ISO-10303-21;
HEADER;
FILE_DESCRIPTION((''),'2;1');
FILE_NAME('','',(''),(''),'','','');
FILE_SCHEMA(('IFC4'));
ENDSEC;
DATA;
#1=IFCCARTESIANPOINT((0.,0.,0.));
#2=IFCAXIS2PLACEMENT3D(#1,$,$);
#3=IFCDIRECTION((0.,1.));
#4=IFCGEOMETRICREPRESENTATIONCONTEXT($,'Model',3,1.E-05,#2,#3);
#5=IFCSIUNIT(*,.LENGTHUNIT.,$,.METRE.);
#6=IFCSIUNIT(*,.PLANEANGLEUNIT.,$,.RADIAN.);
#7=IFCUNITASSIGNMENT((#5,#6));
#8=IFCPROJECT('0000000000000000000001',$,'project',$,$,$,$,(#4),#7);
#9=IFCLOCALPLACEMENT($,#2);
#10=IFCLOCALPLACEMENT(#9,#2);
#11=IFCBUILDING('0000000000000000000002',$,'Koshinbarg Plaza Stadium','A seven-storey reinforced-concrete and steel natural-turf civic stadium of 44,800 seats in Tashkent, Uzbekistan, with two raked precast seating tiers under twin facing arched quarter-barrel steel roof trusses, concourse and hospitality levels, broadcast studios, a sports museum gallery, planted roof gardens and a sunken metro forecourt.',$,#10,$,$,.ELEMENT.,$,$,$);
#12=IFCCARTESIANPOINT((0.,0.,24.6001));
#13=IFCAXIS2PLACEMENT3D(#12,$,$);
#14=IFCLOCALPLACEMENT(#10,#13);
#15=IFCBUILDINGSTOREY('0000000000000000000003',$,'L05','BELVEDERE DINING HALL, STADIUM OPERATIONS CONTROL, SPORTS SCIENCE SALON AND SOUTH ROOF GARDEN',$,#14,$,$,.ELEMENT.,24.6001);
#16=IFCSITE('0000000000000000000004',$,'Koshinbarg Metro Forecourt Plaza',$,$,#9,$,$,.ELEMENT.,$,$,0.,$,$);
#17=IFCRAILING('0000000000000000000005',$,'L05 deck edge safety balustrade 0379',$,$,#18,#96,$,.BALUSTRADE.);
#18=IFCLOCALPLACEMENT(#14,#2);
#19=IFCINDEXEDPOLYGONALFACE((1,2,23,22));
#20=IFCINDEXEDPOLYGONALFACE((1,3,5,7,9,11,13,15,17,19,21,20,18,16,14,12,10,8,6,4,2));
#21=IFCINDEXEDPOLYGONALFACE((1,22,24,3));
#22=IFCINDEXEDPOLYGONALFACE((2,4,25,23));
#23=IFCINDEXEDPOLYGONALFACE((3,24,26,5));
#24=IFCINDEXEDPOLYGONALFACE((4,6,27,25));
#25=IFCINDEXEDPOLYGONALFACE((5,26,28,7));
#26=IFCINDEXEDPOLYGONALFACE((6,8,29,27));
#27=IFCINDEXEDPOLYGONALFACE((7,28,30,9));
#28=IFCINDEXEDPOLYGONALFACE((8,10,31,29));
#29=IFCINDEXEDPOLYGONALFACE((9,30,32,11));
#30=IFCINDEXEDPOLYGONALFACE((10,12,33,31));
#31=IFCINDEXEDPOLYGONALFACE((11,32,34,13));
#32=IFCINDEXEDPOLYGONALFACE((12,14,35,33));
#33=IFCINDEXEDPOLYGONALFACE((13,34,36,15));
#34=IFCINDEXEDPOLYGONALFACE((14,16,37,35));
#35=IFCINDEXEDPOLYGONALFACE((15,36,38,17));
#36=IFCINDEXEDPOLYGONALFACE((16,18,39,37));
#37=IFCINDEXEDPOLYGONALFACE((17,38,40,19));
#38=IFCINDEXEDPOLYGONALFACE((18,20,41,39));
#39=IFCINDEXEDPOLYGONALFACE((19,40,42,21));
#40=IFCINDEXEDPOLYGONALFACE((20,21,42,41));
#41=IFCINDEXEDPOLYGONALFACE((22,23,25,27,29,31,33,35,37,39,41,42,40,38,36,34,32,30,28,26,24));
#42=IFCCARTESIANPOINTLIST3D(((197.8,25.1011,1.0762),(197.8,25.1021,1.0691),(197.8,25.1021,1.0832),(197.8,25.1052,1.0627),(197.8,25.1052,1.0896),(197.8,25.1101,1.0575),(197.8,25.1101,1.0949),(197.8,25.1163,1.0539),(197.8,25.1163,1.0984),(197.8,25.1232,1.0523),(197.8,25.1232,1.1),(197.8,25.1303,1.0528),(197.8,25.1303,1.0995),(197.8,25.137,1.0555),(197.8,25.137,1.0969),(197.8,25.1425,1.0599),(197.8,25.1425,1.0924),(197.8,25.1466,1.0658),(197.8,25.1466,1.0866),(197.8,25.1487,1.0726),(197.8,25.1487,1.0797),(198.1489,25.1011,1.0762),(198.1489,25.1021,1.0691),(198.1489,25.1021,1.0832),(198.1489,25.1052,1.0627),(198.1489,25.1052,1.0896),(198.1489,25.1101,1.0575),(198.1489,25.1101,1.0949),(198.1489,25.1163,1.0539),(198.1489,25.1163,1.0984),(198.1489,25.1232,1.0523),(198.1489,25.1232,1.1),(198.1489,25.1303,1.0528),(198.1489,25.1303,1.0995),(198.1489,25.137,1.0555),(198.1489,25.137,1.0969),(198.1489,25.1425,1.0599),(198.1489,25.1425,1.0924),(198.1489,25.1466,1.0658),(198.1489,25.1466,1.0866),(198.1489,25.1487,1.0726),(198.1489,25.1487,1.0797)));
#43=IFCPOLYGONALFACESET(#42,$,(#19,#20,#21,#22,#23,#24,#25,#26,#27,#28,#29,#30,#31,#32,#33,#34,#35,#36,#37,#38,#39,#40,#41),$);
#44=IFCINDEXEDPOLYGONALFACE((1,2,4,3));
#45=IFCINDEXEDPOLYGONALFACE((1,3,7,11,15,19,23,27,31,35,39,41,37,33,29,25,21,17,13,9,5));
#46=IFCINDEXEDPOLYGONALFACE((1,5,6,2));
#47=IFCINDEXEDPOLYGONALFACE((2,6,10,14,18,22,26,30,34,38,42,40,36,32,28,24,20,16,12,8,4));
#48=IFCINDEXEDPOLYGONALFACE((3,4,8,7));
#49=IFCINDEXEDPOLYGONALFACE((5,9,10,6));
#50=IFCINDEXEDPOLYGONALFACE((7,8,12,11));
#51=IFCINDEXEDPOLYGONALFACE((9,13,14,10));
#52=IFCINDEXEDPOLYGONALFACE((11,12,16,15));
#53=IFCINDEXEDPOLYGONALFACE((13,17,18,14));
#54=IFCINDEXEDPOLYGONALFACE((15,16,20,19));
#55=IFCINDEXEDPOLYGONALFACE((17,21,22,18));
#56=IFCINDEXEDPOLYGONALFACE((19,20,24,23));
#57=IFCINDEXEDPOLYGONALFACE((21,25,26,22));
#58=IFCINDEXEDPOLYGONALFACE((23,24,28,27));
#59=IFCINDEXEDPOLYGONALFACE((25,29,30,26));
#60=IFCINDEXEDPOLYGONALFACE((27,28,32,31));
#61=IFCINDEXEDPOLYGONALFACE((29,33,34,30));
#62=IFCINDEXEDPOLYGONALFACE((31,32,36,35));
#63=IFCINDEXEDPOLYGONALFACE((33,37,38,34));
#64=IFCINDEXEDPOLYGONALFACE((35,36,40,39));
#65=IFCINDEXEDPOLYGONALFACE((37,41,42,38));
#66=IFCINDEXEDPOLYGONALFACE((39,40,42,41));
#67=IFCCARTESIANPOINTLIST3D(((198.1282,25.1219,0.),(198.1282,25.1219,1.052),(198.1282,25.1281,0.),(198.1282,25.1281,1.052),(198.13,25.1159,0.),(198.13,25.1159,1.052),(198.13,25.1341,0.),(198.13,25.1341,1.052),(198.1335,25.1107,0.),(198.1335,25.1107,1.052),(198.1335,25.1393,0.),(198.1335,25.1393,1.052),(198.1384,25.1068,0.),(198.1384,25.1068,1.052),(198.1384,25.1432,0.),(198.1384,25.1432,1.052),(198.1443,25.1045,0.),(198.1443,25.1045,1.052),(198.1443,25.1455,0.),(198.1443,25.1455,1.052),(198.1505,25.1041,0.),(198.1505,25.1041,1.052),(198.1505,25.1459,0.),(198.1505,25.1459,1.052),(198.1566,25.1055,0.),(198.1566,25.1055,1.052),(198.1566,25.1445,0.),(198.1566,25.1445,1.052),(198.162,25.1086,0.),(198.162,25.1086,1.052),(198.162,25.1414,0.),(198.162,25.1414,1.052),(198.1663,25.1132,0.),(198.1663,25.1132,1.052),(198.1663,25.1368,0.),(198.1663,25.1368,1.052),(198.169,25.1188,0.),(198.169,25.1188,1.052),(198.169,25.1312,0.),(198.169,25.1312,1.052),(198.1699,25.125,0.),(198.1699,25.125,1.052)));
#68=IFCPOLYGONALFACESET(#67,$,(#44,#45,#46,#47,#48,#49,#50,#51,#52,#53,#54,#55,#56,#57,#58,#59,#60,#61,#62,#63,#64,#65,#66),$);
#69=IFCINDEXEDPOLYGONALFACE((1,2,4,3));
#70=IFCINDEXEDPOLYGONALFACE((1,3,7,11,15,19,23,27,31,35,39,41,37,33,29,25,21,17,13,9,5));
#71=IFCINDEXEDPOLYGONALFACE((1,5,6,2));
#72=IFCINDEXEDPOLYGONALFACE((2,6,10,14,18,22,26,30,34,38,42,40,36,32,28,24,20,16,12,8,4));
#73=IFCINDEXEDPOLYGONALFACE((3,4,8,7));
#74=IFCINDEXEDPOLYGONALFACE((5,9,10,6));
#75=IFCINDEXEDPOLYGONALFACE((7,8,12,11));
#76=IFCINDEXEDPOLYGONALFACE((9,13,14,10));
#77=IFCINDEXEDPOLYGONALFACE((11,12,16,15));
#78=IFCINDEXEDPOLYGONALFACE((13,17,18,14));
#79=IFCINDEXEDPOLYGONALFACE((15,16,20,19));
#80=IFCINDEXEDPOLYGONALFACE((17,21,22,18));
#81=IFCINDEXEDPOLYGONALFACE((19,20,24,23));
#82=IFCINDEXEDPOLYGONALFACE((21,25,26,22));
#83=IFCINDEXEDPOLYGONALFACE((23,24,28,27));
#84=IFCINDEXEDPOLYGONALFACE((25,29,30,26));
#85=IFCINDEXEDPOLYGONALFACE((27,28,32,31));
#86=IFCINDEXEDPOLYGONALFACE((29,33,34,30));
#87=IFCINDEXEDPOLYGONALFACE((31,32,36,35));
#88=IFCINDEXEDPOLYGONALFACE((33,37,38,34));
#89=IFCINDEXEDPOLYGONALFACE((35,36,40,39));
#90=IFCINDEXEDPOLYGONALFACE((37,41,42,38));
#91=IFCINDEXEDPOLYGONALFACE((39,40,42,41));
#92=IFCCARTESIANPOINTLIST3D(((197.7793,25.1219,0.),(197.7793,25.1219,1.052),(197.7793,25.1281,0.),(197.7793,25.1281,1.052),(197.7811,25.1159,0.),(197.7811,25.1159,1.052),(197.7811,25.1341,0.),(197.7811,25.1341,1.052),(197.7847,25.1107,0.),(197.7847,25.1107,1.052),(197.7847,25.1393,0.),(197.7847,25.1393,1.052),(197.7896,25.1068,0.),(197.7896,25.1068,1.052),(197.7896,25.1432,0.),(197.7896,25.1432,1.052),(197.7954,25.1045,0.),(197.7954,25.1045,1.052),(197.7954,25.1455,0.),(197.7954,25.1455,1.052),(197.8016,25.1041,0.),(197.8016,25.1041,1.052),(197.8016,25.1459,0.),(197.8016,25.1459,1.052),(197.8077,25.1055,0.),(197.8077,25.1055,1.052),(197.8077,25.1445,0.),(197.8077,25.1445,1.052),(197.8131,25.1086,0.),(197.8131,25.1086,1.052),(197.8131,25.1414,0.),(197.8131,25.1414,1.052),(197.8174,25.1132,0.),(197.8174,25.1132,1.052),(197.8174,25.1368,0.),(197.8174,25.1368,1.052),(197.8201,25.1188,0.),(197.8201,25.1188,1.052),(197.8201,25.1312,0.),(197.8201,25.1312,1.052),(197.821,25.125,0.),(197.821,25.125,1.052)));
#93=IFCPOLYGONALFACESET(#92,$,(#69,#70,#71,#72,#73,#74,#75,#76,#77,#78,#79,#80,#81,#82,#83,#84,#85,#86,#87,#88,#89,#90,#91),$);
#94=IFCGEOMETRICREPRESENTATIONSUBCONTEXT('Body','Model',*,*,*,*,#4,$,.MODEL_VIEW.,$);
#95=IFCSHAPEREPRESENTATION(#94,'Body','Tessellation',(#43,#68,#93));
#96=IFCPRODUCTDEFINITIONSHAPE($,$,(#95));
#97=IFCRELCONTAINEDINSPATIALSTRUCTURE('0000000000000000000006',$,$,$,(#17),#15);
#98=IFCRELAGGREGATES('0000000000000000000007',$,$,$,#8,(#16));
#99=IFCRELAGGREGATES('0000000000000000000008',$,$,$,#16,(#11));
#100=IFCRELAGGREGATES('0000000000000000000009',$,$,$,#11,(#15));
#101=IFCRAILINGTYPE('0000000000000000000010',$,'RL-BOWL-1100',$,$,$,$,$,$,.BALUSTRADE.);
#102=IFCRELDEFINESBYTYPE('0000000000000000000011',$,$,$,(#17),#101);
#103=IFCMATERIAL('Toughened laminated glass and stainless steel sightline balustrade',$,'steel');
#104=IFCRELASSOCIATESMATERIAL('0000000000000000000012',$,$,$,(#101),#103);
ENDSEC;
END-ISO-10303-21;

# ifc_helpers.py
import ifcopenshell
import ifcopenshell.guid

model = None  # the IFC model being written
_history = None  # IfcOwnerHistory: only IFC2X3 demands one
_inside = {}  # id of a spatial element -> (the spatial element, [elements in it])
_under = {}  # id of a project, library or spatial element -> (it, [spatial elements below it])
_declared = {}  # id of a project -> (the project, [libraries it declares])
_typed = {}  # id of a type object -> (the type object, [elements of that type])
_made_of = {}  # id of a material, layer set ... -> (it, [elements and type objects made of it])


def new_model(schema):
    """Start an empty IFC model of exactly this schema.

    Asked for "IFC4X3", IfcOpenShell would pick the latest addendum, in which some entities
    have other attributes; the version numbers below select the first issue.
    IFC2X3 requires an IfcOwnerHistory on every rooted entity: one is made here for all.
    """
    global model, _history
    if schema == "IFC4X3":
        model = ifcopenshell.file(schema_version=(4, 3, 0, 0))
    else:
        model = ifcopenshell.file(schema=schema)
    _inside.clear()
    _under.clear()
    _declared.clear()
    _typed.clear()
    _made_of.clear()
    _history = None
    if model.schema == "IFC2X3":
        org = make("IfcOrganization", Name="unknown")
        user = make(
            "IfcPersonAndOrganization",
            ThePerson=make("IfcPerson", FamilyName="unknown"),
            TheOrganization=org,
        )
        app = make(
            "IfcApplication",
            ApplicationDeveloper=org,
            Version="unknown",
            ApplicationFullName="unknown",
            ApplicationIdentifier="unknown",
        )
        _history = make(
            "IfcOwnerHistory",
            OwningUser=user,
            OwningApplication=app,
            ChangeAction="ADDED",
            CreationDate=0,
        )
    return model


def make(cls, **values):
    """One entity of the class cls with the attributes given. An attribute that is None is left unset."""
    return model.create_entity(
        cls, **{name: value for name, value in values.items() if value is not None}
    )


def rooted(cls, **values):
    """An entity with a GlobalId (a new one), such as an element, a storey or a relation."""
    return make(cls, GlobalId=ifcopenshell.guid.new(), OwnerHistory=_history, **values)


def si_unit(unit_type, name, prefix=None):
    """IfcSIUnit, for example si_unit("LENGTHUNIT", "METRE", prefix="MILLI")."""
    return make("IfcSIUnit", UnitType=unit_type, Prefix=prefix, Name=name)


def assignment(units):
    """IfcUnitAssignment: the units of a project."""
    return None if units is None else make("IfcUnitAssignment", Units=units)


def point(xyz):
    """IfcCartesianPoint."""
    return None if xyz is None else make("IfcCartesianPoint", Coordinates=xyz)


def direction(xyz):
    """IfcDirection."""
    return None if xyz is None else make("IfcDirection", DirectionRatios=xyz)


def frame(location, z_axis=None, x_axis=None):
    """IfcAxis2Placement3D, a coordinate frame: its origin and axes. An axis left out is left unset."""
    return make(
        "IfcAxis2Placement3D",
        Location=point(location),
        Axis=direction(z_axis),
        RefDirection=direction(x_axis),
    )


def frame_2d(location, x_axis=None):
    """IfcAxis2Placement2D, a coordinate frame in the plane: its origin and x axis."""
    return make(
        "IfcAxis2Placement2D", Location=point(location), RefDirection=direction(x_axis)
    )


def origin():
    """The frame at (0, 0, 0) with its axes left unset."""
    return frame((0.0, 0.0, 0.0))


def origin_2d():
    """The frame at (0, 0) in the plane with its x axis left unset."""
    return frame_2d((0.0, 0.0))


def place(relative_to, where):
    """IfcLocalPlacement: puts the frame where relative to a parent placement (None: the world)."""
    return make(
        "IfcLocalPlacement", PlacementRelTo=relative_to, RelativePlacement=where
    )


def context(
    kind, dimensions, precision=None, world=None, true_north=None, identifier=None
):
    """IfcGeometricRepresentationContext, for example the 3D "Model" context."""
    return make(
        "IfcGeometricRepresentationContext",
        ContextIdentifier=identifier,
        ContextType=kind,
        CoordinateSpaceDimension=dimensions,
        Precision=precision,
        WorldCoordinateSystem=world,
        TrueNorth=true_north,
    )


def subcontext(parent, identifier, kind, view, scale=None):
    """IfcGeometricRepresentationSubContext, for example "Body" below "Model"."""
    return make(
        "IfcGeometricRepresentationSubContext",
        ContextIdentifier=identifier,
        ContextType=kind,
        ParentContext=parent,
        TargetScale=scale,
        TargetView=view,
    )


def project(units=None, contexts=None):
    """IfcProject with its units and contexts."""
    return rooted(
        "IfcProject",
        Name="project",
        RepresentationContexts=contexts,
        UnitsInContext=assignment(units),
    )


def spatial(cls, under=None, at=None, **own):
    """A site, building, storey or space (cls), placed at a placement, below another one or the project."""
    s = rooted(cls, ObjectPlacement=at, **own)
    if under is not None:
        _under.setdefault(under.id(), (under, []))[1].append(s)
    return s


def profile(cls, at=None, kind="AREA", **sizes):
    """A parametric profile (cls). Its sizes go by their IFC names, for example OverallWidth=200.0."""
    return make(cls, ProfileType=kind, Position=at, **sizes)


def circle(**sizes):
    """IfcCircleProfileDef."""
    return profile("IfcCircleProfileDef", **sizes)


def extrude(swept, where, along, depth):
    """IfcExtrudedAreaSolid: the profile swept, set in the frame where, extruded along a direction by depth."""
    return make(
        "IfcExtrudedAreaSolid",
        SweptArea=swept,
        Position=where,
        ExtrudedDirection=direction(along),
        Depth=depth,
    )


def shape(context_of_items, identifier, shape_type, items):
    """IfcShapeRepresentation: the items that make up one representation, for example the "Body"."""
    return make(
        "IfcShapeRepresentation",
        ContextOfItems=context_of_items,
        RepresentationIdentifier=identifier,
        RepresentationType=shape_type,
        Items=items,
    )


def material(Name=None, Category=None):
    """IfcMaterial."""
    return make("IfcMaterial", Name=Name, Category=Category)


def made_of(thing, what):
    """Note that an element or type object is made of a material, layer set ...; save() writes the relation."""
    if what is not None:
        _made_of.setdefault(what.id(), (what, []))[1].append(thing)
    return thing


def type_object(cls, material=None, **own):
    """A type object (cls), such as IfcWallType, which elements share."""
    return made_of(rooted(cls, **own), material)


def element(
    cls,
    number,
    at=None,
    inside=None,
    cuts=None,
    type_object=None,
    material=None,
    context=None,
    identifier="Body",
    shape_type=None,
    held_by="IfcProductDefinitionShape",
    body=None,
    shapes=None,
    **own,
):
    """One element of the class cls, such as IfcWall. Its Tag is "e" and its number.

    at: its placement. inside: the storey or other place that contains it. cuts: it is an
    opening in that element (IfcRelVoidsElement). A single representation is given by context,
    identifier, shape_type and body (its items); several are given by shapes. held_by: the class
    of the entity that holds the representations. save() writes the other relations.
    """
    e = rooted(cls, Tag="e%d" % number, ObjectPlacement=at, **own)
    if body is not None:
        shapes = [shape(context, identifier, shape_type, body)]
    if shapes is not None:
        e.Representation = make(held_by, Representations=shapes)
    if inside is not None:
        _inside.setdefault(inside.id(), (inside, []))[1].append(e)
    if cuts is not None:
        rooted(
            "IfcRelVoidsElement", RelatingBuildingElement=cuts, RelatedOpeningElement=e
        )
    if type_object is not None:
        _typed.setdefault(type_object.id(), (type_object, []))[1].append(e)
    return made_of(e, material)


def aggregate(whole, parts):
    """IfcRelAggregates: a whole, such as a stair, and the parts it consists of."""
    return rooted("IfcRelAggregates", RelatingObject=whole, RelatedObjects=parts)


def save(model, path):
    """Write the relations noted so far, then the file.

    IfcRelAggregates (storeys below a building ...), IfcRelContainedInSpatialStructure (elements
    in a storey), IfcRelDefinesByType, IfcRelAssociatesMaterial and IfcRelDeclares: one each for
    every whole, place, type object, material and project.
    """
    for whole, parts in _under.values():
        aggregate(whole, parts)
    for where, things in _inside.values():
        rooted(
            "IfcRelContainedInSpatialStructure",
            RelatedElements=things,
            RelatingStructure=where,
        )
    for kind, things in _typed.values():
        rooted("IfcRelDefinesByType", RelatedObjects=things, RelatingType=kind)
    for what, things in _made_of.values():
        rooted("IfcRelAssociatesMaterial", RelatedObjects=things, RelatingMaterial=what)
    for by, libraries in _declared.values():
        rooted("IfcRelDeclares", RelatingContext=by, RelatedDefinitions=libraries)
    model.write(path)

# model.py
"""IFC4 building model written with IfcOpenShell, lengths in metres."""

from ifc_helpers import new_model, si_unit, direction, frame, origin, origin_2d, place, context, subcontext, project, spatial, circle, extrude, material, type_object, element, save


model = new_model("IFC4")

# Units and contexts
model_context = context("Model", 3, precision=1e-05, world=origin(), true_north=direction((0.0, 1.0)))
body_context = subcontext(model_context, "Body", "Model", "MODEL_VIEW")
ifc_project = project(units=[si_unit("LENGTHUNIT", "METRE"), si_unit("PLANEANGLEUNIT", "RADIAN")], contexts=[model_context])

# Site, building, storey
site_placement = place(None, origin())
site = spatial("IfcSite", under=ifc_project, at=site_placement, Name="Koshinbarg Metro Forecourt Plaza", CompositionType="ELEMENT", RefElevation=0.0)
building_placement = place(site_placement, origin())
building = spatial("IfcBuilding", under=site, at=building_placement, Name="Koshinbarg Plaza Stadium", Description="A seven-storey reinforced-concrete and steel natural-turf civic stadium of 44,800 seats in Tashkent, Uzbekistan, with two raked precast seating tiers under twin facing arched quarter-barrel steel roof trusses, concourse and hospitality levels, broadcast studios, a sports museum gallery, planted roof gardens and a sunken metro forecourt.", CompositionType="ELEMENT")
storey_placement = place(building_placement, frame((0.0, 0.0, 24.6001)))
storey = spatial("IfcBuildingStorey", under=building, at=storey_placement, Name="L05", Description="BELVEDERE DINING HALL, STADIUM OPERATIONS CONTROL, SPORTS SCIENCE SALON AND SOUTH ROOF GARDEN", CompositionType="ELEMENT", Elevation=24.6001)

# Railing
ifc_material_1 = material(Name="Toughened laminated glass and stainless steel sightline balustrade", Category="steel")
railing_type = type_object("IfcRailingType", Name="RL-BOWL-1100", PredefinedType="BALUSTRADE", material=ifc_material_1)
railing_1_placement = place(storey_placement, frame((198.1489, 25.125, 0.0)))
element("IfcRailing", 1, at=railing_1_placement, inside=storey, type_object=railing_type, Name="L05 deck edge safety balustrade 0379", PredefinedType="BALUSTRADE", context=body_context, shape_type="SweptSolid", body=[
    extrude(circle(Radius=0.0239, at=origin_2d()), frame((0.0, 0.0, 1.0762), z_axis=(-1.0, 0.0, 0.0), x_axis=(0.0, -1.0, 0.0)), (0.0, 0.0, 1.0), 0.3489),
    extrude(circle(Radius=0.021, at=origin_2d()), origin(), (0.0, 0.0, 1.0), 1.052),
    extrude(circle(Radius=0.021, at=origin_2d()), frame((-0.3489, 0.0, 0.0)), (0.0, 0.0, 1.0), 1.052),
])

save(model, "model.ifc")
